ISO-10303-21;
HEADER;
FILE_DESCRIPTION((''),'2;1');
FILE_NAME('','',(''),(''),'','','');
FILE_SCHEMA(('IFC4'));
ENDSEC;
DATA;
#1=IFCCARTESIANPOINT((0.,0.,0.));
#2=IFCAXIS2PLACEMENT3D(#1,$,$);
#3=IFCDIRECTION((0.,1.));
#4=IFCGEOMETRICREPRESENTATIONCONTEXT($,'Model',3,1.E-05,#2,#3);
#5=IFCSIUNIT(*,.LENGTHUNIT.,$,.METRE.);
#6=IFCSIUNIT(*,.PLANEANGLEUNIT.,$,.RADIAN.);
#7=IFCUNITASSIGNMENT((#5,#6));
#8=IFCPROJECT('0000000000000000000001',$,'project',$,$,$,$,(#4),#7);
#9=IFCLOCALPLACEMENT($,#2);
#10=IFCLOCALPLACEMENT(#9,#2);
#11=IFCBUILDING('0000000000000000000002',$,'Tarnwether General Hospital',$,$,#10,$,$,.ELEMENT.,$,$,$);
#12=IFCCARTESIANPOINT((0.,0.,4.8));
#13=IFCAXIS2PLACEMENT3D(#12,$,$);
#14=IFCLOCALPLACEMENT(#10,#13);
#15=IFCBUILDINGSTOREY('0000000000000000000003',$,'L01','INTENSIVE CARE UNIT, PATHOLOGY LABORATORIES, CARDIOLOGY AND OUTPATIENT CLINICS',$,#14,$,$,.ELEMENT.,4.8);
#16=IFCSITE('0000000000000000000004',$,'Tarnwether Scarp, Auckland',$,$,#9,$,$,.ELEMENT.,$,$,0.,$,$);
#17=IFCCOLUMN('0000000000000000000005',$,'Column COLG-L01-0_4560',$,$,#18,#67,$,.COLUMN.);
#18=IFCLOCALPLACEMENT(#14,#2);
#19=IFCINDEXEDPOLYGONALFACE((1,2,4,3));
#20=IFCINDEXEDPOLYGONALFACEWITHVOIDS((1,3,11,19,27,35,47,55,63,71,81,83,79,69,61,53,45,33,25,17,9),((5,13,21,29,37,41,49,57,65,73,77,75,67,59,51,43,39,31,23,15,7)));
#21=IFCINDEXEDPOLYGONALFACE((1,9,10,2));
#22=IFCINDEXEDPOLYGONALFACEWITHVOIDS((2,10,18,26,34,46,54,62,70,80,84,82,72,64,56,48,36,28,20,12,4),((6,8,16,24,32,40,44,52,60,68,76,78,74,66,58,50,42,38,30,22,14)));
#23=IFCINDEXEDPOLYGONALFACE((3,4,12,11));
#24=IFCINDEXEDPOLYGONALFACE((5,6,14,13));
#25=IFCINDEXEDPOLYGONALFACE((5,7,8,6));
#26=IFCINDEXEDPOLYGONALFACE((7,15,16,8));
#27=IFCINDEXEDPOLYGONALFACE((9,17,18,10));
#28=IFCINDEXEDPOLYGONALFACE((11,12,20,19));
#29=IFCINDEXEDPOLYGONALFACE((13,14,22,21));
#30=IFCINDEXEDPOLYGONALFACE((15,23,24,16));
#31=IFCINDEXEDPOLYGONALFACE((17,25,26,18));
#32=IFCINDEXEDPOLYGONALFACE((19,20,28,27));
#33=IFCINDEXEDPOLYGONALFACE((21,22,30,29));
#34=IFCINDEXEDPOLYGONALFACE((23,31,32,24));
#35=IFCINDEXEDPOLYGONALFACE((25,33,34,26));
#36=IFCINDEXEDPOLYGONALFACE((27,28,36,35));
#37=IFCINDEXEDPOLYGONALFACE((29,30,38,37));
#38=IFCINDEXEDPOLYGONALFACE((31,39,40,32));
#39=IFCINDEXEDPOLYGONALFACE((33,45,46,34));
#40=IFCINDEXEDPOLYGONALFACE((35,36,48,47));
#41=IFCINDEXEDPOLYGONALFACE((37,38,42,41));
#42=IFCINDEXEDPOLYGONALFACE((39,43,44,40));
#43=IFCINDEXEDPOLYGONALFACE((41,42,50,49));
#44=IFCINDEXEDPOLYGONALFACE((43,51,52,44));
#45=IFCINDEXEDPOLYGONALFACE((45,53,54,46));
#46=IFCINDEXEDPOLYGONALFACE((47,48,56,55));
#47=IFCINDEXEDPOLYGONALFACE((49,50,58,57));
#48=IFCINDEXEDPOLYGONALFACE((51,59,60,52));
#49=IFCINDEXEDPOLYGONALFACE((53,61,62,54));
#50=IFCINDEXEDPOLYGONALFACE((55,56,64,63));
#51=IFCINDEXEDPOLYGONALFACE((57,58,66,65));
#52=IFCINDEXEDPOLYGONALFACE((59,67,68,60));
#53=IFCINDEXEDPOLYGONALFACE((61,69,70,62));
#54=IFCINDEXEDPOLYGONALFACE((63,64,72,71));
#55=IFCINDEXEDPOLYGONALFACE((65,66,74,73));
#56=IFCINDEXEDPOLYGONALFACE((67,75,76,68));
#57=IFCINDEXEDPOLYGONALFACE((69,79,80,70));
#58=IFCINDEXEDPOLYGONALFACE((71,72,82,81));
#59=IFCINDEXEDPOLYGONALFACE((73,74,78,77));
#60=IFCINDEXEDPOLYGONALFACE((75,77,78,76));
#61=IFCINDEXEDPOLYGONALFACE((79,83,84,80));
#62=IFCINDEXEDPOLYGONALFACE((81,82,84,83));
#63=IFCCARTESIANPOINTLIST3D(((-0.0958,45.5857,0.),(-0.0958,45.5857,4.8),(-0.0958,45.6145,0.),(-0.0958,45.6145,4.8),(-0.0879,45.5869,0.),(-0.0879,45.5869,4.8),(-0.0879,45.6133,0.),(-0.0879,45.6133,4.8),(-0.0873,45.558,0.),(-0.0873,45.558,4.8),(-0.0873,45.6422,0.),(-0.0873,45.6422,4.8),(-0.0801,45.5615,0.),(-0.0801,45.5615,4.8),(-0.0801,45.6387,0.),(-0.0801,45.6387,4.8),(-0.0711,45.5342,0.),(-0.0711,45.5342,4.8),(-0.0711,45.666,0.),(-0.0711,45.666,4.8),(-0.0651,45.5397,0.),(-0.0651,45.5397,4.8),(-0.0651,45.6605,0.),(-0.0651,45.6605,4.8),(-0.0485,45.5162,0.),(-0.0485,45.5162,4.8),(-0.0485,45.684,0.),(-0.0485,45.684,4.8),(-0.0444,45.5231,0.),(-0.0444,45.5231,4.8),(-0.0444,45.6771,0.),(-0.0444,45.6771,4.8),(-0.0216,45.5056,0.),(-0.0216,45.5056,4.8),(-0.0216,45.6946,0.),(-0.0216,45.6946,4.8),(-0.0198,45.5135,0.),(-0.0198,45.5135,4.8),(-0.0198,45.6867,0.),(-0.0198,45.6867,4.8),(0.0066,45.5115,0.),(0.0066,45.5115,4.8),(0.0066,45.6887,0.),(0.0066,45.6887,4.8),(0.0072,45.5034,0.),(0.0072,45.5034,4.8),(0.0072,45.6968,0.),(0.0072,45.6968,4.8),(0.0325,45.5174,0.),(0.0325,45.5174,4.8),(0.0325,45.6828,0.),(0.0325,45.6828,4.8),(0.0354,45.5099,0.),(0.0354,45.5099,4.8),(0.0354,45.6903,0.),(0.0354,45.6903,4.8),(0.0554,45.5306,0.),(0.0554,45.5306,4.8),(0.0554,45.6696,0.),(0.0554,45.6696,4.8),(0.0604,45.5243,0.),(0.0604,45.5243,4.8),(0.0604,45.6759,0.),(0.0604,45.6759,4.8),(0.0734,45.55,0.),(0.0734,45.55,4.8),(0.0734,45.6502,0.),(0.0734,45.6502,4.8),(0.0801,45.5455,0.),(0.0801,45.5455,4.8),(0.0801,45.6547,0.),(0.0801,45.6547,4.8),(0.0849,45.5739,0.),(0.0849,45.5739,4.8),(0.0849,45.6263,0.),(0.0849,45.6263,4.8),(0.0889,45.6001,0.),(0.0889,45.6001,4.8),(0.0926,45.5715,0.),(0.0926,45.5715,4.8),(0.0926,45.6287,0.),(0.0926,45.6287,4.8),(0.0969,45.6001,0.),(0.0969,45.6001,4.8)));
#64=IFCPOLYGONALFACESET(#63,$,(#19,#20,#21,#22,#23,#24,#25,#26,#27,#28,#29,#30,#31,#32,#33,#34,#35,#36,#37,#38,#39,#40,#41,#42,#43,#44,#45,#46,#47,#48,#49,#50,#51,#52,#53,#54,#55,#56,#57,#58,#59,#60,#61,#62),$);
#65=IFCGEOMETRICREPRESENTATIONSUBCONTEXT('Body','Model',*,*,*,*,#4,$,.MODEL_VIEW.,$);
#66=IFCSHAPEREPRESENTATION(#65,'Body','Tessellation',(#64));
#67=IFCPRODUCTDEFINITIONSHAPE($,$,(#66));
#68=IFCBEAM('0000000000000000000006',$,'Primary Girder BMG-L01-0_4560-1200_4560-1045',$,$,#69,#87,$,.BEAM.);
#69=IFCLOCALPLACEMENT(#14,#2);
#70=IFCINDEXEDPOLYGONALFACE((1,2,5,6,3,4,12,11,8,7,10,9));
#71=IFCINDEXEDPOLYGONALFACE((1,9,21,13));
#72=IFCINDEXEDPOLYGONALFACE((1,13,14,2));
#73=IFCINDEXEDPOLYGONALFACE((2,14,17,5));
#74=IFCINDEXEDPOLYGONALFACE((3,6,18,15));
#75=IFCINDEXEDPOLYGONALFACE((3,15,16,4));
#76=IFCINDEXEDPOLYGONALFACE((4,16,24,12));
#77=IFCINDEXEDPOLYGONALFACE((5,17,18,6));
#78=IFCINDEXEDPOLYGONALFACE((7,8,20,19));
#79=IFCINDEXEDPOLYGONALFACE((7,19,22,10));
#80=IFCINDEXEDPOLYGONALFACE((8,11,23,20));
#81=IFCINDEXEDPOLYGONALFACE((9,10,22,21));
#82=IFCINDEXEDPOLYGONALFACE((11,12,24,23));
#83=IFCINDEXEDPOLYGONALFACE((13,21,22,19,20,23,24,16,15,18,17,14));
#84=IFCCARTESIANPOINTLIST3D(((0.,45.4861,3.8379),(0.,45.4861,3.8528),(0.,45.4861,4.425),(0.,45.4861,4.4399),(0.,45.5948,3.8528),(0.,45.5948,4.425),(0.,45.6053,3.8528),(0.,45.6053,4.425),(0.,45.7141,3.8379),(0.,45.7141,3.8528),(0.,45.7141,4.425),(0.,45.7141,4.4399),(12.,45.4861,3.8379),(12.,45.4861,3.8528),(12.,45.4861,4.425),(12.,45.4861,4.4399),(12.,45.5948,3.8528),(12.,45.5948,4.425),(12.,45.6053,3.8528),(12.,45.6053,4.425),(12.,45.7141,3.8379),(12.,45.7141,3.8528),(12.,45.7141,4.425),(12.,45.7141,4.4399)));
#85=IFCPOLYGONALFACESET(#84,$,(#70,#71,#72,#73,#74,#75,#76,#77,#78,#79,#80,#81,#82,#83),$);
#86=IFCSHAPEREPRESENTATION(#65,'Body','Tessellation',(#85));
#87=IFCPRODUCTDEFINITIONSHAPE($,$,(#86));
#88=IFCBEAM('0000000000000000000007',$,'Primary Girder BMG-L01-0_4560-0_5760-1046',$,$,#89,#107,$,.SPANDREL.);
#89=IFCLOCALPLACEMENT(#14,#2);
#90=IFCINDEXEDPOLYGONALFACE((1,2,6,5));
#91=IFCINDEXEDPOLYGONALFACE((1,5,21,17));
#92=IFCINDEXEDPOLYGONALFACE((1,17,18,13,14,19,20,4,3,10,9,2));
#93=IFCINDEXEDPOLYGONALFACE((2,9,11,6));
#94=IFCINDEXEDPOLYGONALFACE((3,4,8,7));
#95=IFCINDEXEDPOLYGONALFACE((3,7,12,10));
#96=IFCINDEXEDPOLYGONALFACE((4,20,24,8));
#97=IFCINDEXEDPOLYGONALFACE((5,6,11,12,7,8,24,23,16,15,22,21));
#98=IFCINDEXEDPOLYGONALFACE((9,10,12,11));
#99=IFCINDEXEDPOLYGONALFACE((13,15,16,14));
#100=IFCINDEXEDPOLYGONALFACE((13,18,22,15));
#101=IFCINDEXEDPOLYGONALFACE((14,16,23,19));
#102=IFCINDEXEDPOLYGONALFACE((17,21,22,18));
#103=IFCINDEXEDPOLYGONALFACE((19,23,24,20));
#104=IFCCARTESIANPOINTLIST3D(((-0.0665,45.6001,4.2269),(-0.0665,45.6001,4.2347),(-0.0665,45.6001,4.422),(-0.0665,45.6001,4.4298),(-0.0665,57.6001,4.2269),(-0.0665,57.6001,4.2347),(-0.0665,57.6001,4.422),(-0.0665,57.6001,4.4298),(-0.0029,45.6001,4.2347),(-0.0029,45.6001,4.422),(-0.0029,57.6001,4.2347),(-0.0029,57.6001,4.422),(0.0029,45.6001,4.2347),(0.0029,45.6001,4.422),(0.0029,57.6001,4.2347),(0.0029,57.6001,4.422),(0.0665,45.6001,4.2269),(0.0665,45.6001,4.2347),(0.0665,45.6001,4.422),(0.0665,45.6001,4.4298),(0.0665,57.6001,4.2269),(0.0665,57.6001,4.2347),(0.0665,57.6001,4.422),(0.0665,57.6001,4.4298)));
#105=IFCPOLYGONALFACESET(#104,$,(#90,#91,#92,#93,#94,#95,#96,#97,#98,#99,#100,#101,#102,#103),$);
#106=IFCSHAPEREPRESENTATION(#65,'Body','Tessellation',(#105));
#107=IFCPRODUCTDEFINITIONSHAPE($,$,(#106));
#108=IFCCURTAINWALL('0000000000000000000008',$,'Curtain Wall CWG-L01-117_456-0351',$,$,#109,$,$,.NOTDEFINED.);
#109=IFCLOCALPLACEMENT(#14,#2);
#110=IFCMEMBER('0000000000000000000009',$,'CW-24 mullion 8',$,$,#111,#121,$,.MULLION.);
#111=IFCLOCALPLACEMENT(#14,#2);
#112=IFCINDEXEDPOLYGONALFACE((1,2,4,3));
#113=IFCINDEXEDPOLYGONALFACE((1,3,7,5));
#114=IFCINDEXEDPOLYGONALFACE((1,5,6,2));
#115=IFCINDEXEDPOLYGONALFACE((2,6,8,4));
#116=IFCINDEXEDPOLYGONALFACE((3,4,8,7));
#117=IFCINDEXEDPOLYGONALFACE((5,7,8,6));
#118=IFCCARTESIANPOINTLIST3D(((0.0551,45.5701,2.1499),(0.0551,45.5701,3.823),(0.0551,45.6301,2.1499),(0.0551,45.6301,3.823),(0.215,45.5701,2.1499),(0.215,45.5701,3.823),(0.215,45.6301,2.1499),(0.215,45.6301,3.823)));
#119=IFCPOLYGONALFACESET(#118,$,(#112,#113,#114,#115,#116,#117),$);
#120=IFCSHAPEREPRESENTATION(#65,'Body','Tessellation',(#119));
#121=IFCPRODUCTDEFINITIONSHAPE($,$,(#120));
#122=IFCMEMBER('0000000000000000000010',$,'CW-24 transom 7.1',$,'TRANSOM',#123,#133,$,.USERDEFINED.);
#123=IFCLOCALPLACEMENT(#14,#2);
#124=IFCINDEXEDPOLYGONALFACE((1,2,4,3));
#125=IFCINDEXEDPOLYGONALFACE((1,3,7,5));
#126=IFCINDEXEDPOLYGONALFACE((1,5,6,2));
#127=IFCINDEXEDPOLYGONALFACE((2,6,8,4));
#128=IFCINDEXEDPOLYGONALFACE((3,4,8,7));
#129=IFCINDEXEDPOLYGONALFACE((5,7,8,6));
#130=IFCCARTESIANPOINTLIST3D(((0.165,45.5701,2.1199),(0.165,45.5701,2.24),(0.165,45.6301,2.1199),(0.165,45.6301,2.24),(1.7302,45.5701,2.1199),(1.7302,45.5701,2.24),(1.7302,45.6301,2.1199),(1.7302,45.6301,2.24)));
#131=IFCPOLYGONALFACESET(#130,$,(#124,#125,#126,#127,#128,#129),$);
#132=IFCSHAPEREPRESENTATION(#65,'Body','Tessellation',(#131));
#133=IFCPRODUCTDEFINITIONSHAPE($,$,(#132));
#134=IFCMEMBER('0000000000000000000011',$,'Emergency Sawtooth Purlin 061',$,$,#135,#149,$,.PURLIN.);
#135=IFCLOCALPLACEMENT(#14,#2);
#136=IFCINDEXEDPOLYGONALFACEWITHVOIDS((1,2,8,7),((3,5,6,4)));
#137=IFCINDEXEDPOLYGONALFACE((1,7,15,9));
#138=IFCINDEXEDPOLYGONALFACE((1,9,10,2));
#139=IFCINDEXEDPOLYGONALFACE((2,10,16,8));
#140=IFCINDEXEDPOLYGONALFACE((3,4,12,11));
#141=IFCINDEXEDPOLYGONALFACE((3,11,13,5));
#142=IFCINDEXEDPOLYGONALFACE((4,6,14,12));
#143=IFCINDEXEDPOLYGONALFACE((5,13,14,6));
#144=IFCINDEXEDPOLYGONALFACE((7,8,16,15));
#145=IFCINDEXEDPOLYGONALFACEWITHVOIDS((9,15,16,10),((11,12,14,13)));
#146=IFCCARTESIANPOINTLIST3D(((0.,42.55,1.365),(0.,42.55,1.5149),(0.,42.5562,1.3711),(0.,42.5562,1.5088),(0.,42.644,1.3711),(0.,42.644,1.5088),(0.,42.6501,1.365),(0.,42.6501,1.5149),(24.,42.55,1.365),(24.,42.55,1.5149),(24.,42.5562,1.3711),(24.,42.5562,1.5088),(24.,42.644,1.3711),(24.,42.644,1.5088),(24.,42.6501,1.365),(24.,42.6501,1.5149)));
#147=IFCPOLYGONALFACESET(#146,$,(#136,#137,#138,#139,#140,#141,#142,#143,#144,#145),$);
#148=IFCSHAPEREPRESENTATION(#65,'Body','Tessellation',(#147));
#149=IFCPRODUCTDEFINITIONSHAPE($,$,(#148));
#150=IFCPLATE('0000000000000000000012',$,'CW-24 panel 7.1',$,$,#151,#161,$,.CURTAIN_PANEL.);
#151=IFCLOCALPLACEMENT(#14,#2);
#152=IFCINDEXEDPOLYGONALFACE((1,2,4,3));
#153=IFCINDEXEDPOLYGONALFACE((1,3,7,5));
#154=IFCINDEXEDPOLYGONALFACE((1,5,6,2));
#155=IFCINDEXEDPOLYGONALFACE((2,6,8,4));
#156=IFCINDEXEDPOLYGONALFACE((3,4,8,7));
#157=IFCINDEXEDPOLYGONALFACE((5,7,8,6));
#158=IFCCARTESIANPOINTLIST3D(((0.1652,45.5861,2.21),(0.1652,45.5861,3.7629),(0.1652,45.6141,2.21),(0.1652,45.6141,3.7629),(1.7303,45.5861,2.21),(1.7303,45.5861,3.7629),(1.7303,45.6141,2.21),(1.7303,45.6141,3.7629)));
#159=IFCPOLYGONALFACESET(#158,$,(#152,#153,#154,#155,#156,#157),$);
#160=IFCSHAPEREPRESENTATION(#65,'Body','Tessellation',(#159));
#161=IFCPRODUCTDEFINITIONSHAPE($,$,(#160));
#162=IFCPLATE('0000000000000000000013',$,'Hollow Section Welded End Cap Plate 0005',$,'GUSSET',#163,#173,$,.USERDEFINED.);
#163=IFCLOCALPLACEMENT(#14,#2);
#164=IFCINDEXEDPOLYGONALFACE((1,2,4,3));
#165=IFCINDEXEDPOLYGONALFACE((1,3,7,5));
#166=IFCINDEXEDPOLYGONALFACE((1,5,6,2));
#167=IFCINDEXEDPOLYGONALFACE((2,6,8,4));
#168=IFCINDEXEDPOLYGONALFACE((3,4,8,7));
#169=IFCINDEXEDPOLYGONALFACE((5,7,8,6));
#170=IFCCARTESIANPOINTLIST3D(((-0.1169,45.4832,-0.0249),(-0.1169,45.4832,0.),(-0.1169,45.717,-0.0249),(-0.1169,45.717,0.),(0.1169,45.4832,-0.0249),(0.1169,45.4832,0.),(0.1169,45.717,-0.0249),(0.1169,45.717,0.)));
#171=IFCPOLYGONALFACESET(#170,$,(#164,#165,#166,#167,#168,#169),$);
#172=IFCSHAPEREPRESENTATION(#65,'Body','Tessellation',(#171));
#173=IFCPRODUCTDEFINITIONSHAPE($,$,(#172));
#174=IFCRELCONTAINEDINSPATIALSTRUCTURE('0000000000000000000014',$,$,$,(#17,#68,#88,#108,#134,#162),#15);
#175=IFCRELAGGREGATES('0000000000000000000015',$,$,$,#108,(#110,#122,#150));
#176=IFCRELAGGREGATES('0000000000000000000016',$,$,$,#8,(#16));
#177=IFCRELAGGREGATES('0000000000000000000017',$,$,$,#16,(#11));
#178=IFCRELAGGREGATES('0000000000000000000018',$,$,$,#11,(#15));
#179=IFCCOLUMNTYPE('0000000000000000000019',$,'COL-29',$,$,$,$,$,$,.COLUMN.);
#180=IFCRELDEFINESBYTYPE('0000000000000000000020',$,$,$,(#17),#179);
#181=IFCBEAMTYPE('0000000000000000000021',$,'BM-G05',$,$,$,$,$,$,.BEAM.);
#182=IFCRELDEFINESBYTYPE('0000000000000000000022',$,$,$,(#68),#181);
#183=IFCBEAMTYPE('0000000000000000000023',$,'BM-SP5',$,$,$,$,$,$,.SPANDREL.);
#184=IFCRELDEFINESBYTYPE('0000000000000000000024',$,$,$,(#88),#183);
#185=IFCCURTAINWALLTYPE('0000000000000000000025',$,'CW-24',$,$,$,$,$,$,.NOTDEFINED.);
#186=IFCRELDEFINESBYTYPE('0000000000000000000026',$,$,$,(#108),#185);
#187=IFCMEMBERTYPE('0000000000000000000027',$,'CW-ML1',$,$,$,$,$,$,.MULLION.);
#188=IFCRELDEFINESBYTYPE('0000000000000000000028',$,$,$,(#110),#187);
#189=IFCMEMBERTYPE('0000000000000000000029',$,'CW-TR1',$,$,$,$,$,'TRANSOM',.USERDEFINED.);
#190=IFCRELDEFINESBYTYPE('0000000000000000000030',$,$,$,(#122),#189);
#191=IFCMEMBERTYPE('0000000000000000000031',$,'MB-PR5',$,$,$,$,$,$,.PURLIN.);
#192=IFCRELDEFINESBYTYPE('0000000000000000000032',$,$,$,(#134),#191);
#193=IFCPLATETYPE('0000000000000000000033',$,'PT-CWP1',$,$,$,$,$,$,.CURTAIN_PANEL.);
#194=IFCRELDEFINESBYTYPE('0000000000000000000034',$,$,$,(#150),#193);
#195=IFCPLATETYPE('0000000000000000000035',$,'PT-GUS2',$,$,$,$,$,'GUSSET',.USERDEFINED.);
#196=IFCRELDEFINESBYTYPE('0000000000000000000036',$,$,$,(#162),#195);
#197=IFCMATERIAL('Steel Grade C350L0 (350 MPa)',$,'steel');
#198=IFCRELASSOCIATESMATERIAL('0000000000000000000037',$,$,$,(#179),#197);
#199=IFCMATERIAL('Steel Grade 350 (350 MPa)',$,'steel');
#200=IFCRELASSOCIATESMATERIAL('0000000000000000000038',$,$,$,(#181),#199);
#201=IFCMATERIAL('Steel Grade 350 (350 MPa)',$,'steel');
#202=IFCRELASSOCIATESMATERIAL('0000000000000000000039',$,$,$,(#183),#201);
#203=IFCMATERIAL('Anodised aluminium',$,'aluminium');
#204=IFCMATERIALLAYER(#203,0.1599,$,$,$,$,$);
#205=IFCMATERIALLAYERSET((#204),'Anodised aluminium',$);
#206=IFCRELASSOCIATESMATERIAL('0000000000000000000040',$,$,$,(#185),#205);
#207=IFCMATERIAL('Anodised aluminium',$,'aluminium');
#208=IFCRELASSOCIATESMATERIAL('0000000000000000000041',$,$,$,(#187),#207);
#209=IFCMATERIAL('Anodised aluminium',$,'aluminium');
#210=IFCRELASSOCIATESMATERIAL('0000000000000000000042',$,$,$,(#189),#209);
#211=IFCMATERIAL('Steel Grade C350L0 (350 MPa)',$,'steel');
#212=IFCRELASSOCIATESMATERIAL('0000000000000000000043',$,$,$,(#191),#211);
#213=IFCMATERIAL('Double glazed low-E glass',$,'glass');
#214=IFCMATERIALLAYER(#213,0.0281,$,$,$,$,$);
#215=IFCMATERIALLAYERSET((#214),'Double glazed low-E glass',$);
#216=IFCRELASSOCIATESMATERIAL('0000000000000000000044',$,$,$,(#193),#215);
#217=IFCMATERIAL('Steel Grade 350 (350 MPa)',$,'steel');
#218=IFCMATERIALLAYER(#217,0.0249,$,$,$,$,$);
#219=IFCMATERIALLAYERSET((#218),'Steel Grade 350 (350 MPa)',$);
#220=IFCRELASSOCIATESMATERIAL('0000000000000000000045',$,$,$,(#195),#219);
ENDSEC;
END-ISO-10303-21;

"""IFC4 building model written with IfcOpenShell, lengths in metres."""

from ifc_helpers import new_model, si_unit, direction, frame, origin, origin_2d, place, context, subcontext, project, spatial, rectangle, hollow_rectangle, hollow_circle, i_section, extrude, material, layer, layer_set, material_profile, profile_set, type_object, element, aggregate, save


model = new_model("IFC4")

# Units and contexts
model_context = context("Model", 3, precision=1e-05, world=origin(), true_north=direction((0.0, 1.0)))
body_context = subcontext(model_context, "Body", "Model", "MODEL_VIEW")
ifc_project = project(units=[si_unit("LENGTHUNIT", "METRE"), si_unit("PLANEANGLEUNIT", "RADIAN")], contexts=[model_context])

# Site, building, storey
site_placement = place(None, origin())
site = spatial("IfcSite", under=ifc_project, at=site_placement, Name="Tarnwether Scarp, Auckland", CompositionType="ELEMENT", RefElevation=0.0)
building_placement = place(site_placement, origin())
building = spatial("IfcBuilding", under=site, at=building_placement, Name="Tarnwether General Hospital", CompositionType="ELEMENT")
storey_placement = place(building_placement, frame((0.0, 0.0, 4.8)))
storey = spatial("IfcBuildingStorey", under=building, at=storey_placement, Name="L01", Description="INTENSIVE CARE UNIT, PATHOLOGY LABORATORIES, CARDIOLOGY AND OUTPATIENT CLINICS", CompositionType="ELEMENT", Elevation=4.8)

# Column
ifc_material_1 = material(Name="Steel Grade C350L0 (350 MPa)", Category="steel")
ifc_material_profile_1 = material_profile(ifc_material_1, hollow_circle(Radius=0.0969, WallThickness=0.0081, at=origin_2d()), Name="CHS193.7x8.0")
ifc_profile_set_1 = profile_set([ifc_material_profile_1], Name="Steel Grade C350L0 (350 MPa)")
column_type = type_object("IfcColumnType", Name="COL-29", PredefinedType="COLUMN", material=ifc_profile_set_1)
column_placement = place(storey_placement, frame((0.0, 45.6001, 0.0), z_axis=(0.0, 0.0, 1.0), x_axis=(1.0, 0.0, 0.0)))
element("IfcColumn", 1, at=column_placement, inside=storey, type_object=column_type, Name="Column COLG-L01-0_4560", PredefinedType="COLUMN", context=body_context, shape_type="SweptSolid", body=[
    extrude(hollow_circle(Radius=0.0969, WallThickness=0.0081, at=origin_2d()), origin(), (0.0, 0.0, 1.0), 4.8),
])

# Beams
ifc_material_2 = material(Name="Steel Grade 350 (350 MPa)", Category="steel")
ifc_material_profile_2 = material_profile(ifc_material_2, i_section(OverallWidth=0.228, OverallDepth=0.6021, WebThickness=0.0105, FlangeThickness=0.0149, at=origin_2d()), Name="610UB101")
ifc_profile_set_2 = profile_set([ifc_material_profile_2], Name="Steel Grade 350 (350 MPa)")
beam_type_1 = type_object("IfcBeamType", Name="BM-G05", PredefinedType="BEAM", material=ifc_profile_set_2)
beam_1_placement = place(storey_placement, frame((0.0, 45.6001, 4.1389), z_axis=(1.0, 0.0, 0.0), x_axis=(0.0, 1.0, 0.0)))
element("IfcBeam", 2, at=beam_1_placement, inside=storey, type_object=beam_type_1, Name="Primary Girder BMG-L01-0_4560-1200_4560-1045", PredefinedType="BEAM", context=body_context, shape_type="SweptSolid", body=[
    extrude(i_section(OverallWidth=0.228, OverallDepth=0.6021, WebThickness=0.0105, FlangeThickness=0.0149, at=origin_2d()), origin(), (0.0, 0.0, 1.0), 12.0),
])
ifc_material_3 = material(Name="Steel Grade 350 (350 MPa)", Category="steel")
ifc_material_profile_3 = material_profile(ifc_material_3, i_section(OverallWidth=0.1331, OverallDepth=0.2029, WebThickness=0.0059, FlangeThickness=0.0078, at=origin_2d()), Name="200UB25.4")
ifc_profile_set_3 = profile_set([ifc_material_profile_3], Name="Steel Grade 350 (350 MPa)")
beam_type_2 = type_object("IfcBeamType", Name="BM-SP5", PredefinedType="SPANDREL", material=ifc_profile_set_3)
beam_2_placement = place(storey_placement, frame((0.0, 45.6001, 4.3284), z_axis=(0.0, 1.0, 0.0), x_axis=(-1.0, 0.0, 0.0)))
element("IfcBeam", 3, at=beam_2_placement, inside=storey, type_object=beam_type_2, Name="Primary Girder BMG-L01-0_4560-0_5760-1046", PredefinedType="SPANDREL", context=body_context, shape_type="SweptSolid", body=[
    extrude(i_section(OverallWidth=0.1331, OverallDepth=0.2029, WebThickness=0.0059, FlangeThickness=0.0078, at=origin_2d()), origin(), (0.0, 0.0, 1.0), 12.0),
])

# Curtain wall, members
ifc_material_4 = material(Name="Anodised aluminium", Category="aluminium")
ifc_layer_1 = layer(ifc_material_4, 0.1599)
ifc_layer_set_1 = layer_set([ifc_layer_1], Name="Anodised aluminium")
curtain_wall_type = type_object("IfcCurtainWallType", Name="CW-24", PredefinedType="NOTDEFINED", material=ifc_layer_set_1)
curtain_wall_placement = place(storey_placement, origin())
curtain_wall = element("IfcCurtainWall", 4, at=curtain_wall_placement, inside=storey, type_object=curtain_wall_type, Name="Curtain Wall CWG-L01-117_456-0351", PredefinedType="NOTDEFINED")
ifc_material_5 = material(Name="Anodised aluminium", Category="aluminium")
ifc_material_profile_4 = material_profile(ifc_material_5, rectangle(XDim=0.0601, YDim=0.1599, at=origin_2d()), Name="ALU-MUL-60x160")
ifc_profile_set_4 = profile_set([ifc_material_profile_4], Name="Anodised aluminium")
member_type_1 = type_object("IfcMemberType", Name="CW-ML1", PredefinedType="MULLION", material=ifc_profile_set_4)
member_1_placement = place(storey_placement, frame((0.135, 45.6001, 2.1499), z_axis=(0.0, 0.0, 1.0), x_axis=(0.0, -1.0, 0.0)))
member_1 = element("IfcMember", 5, at=member_1_placement, type_object=member_type_1, Name="CW-24 mullion 8", PredefinedType="MULLION", context=body_context, shape_type="SweptSolid", body=[
    extrude(rectangle(XDim=0.0601, YDim=0.1599, at=origin_2d()), origin(), (0.0, 0.0, 1.0), 1.6731),
])
ifc_material_6 = material(Name="Anodised aluminium", Category="aluminium")
ifc_material_profile_5 = material_profile(ifc_material_6, rectangle(XDim=0.0601, YDim=0.1201, at=origin_2d()), Name="ALU-TRN-60x120")
ifc_profile_set_5 = profile_set([ifc_material_profile_5], Name="Anodised aluminium")
member_type_2 = type_object("IfcMemberType", Name="CW-TR1", ElementType="TRANSOM", PredefinedType="USERDEFINED", material=ifc_profile_set_5)
member_2_placement = place(storey_placement, frame((1.7302, 45.6001, 2.1799), z_axis=(-1.0, 0.0, 0.0), x_axis=(0.0, -1.0, 0.0)))
member_2 = element("IfcMember", 6, at=member_2_placement, type_object=member_type_2, Name="CW-24 transom 7.1", ObjectType="TRANSOM", PredefinedType="USERDEFINED", context=body_context, shape_type="SweptSolid", body=[
    extrude(rectangle(XDim=0.0601, YDim=0.1201, at=origin_2d()), origin(), (0.0, 0.0, 1.0), 1.5652),
])

# Member
ifc_material_7 = material(Name="Steel Grade C350L0 (350 MPa)", Category="steel")
ifc_material_profile_6 = material_profile(ifc_material_7, hollow_rectangle(XDim=0.1001, YDim=0.1499, WallThickness=0.0061, at=origin_2d()), Name="RHS150x100x6")
ifc_profile_set_6 = profile_set([ifc_material_profile_6], Name="Steel Grade C350L0 (350 MPa)")
member_type_3 = type_object("IfcMemberType", Name="MB-PR5", PredefinedType="PURLIN", material=ifc_profile_set_6)
member_3_placement = place(storey_placement, frame((0.0, 42.6001, 1.4399), z_axis=(1.0, 0.0, 0.0), x_axis=(0.0, 1.0, 0.0)))
element("IfcMember", 7, at=member_3_placement, inside=storey, type_object=member_type_3, Name="Emergency Sawtooth Purlin 061", PredefinedType="PURLIN", context=body_context, shape_type="SweptSolid", body=[
    extrude(hollow_rectangle(XDim=0.1001, YDim=0.1499, WallThickness=0.0061, at=origin_2d()), origin(), (0.0, 0.0, 1.0), 24.0),
])

# Plate
ifc_material_8 = material(Name="Double glazed low-E glass", Category="glass")
ifc_layer_2 = layer(ifc_material_8, 0.0281)
ifc_layer_set_2 = layer_set([ifc_layer_2], Name="Double glazed low-E glass")
plate_type_1 = type_object("IfcPlateType", Name="PT-CWP1", PredefinedType="CURTAIN_PANEL", material=ifc_layer_set_2)
plate_placement = place(storey_placement, frame((0.9478, 45.6001, 2.21), z_axis=(0.0, 0.0, 1.0), x_axis=(-1.0, 0.0, 0.0)))
plate = element("IfcPlate", 8, at=plate_placement, type_object=plate_type_1, Name="CW-24 panel 7.1", PredefinedType="CURTAIN_PANEL", context=body_context, shape_type="SweptSolid", body=[
    extrude(rectangle(XDim=1.5652, YDim=0.0281, at=origin_2d()), origin(), (0.0, 0.0, 1.0), 1.553),
])
aggregate(curtain_wall, [member_1, member_2, plate])

# Plate
ifc_material_9 = material(Name="Steel Grade 350 (350 MPa)", Category="steel")
ifc_layer_3 = layer(ifc_material_9, 0.0249)
ifc_layer_set_3 = layer_set([ifc_layer_3], Name="Steel Grade 350 (350 MPa)")
plate_type_2 = type_object("IfcPlateType", Name="PT-GUS2", ElementType="GUSSET", PredefinedType="USERDEFINED", material=ifc_layer_set_3)
for number, where, z_axis, x_axis, name in (
    (9, (0.0, 45.6001, -0.0249), (0.0, 0.0, 1.0), (1.0, 0.0, 0.0), "Hollow Section Welded End Cap Plate 0005"),
):
    element("IfcPlate", number, at=place(storey_placement, frame(where, z_axis=z_axis, x_axis=x_axis)), inside=storey, type_object=plate_type_2, Name=name, ObjectType="GUSSET", PredefinedType="USERDEFINED", context=body_context, shape_type="SweptSolid", body=[
        extrude(rectangle(XDim=0.2339, YDim=0.2339, at=origin_2d()), origin(), (0.0, 0.0, 1.0), 0.0249),
    ])

save(model, "model.ifc")
